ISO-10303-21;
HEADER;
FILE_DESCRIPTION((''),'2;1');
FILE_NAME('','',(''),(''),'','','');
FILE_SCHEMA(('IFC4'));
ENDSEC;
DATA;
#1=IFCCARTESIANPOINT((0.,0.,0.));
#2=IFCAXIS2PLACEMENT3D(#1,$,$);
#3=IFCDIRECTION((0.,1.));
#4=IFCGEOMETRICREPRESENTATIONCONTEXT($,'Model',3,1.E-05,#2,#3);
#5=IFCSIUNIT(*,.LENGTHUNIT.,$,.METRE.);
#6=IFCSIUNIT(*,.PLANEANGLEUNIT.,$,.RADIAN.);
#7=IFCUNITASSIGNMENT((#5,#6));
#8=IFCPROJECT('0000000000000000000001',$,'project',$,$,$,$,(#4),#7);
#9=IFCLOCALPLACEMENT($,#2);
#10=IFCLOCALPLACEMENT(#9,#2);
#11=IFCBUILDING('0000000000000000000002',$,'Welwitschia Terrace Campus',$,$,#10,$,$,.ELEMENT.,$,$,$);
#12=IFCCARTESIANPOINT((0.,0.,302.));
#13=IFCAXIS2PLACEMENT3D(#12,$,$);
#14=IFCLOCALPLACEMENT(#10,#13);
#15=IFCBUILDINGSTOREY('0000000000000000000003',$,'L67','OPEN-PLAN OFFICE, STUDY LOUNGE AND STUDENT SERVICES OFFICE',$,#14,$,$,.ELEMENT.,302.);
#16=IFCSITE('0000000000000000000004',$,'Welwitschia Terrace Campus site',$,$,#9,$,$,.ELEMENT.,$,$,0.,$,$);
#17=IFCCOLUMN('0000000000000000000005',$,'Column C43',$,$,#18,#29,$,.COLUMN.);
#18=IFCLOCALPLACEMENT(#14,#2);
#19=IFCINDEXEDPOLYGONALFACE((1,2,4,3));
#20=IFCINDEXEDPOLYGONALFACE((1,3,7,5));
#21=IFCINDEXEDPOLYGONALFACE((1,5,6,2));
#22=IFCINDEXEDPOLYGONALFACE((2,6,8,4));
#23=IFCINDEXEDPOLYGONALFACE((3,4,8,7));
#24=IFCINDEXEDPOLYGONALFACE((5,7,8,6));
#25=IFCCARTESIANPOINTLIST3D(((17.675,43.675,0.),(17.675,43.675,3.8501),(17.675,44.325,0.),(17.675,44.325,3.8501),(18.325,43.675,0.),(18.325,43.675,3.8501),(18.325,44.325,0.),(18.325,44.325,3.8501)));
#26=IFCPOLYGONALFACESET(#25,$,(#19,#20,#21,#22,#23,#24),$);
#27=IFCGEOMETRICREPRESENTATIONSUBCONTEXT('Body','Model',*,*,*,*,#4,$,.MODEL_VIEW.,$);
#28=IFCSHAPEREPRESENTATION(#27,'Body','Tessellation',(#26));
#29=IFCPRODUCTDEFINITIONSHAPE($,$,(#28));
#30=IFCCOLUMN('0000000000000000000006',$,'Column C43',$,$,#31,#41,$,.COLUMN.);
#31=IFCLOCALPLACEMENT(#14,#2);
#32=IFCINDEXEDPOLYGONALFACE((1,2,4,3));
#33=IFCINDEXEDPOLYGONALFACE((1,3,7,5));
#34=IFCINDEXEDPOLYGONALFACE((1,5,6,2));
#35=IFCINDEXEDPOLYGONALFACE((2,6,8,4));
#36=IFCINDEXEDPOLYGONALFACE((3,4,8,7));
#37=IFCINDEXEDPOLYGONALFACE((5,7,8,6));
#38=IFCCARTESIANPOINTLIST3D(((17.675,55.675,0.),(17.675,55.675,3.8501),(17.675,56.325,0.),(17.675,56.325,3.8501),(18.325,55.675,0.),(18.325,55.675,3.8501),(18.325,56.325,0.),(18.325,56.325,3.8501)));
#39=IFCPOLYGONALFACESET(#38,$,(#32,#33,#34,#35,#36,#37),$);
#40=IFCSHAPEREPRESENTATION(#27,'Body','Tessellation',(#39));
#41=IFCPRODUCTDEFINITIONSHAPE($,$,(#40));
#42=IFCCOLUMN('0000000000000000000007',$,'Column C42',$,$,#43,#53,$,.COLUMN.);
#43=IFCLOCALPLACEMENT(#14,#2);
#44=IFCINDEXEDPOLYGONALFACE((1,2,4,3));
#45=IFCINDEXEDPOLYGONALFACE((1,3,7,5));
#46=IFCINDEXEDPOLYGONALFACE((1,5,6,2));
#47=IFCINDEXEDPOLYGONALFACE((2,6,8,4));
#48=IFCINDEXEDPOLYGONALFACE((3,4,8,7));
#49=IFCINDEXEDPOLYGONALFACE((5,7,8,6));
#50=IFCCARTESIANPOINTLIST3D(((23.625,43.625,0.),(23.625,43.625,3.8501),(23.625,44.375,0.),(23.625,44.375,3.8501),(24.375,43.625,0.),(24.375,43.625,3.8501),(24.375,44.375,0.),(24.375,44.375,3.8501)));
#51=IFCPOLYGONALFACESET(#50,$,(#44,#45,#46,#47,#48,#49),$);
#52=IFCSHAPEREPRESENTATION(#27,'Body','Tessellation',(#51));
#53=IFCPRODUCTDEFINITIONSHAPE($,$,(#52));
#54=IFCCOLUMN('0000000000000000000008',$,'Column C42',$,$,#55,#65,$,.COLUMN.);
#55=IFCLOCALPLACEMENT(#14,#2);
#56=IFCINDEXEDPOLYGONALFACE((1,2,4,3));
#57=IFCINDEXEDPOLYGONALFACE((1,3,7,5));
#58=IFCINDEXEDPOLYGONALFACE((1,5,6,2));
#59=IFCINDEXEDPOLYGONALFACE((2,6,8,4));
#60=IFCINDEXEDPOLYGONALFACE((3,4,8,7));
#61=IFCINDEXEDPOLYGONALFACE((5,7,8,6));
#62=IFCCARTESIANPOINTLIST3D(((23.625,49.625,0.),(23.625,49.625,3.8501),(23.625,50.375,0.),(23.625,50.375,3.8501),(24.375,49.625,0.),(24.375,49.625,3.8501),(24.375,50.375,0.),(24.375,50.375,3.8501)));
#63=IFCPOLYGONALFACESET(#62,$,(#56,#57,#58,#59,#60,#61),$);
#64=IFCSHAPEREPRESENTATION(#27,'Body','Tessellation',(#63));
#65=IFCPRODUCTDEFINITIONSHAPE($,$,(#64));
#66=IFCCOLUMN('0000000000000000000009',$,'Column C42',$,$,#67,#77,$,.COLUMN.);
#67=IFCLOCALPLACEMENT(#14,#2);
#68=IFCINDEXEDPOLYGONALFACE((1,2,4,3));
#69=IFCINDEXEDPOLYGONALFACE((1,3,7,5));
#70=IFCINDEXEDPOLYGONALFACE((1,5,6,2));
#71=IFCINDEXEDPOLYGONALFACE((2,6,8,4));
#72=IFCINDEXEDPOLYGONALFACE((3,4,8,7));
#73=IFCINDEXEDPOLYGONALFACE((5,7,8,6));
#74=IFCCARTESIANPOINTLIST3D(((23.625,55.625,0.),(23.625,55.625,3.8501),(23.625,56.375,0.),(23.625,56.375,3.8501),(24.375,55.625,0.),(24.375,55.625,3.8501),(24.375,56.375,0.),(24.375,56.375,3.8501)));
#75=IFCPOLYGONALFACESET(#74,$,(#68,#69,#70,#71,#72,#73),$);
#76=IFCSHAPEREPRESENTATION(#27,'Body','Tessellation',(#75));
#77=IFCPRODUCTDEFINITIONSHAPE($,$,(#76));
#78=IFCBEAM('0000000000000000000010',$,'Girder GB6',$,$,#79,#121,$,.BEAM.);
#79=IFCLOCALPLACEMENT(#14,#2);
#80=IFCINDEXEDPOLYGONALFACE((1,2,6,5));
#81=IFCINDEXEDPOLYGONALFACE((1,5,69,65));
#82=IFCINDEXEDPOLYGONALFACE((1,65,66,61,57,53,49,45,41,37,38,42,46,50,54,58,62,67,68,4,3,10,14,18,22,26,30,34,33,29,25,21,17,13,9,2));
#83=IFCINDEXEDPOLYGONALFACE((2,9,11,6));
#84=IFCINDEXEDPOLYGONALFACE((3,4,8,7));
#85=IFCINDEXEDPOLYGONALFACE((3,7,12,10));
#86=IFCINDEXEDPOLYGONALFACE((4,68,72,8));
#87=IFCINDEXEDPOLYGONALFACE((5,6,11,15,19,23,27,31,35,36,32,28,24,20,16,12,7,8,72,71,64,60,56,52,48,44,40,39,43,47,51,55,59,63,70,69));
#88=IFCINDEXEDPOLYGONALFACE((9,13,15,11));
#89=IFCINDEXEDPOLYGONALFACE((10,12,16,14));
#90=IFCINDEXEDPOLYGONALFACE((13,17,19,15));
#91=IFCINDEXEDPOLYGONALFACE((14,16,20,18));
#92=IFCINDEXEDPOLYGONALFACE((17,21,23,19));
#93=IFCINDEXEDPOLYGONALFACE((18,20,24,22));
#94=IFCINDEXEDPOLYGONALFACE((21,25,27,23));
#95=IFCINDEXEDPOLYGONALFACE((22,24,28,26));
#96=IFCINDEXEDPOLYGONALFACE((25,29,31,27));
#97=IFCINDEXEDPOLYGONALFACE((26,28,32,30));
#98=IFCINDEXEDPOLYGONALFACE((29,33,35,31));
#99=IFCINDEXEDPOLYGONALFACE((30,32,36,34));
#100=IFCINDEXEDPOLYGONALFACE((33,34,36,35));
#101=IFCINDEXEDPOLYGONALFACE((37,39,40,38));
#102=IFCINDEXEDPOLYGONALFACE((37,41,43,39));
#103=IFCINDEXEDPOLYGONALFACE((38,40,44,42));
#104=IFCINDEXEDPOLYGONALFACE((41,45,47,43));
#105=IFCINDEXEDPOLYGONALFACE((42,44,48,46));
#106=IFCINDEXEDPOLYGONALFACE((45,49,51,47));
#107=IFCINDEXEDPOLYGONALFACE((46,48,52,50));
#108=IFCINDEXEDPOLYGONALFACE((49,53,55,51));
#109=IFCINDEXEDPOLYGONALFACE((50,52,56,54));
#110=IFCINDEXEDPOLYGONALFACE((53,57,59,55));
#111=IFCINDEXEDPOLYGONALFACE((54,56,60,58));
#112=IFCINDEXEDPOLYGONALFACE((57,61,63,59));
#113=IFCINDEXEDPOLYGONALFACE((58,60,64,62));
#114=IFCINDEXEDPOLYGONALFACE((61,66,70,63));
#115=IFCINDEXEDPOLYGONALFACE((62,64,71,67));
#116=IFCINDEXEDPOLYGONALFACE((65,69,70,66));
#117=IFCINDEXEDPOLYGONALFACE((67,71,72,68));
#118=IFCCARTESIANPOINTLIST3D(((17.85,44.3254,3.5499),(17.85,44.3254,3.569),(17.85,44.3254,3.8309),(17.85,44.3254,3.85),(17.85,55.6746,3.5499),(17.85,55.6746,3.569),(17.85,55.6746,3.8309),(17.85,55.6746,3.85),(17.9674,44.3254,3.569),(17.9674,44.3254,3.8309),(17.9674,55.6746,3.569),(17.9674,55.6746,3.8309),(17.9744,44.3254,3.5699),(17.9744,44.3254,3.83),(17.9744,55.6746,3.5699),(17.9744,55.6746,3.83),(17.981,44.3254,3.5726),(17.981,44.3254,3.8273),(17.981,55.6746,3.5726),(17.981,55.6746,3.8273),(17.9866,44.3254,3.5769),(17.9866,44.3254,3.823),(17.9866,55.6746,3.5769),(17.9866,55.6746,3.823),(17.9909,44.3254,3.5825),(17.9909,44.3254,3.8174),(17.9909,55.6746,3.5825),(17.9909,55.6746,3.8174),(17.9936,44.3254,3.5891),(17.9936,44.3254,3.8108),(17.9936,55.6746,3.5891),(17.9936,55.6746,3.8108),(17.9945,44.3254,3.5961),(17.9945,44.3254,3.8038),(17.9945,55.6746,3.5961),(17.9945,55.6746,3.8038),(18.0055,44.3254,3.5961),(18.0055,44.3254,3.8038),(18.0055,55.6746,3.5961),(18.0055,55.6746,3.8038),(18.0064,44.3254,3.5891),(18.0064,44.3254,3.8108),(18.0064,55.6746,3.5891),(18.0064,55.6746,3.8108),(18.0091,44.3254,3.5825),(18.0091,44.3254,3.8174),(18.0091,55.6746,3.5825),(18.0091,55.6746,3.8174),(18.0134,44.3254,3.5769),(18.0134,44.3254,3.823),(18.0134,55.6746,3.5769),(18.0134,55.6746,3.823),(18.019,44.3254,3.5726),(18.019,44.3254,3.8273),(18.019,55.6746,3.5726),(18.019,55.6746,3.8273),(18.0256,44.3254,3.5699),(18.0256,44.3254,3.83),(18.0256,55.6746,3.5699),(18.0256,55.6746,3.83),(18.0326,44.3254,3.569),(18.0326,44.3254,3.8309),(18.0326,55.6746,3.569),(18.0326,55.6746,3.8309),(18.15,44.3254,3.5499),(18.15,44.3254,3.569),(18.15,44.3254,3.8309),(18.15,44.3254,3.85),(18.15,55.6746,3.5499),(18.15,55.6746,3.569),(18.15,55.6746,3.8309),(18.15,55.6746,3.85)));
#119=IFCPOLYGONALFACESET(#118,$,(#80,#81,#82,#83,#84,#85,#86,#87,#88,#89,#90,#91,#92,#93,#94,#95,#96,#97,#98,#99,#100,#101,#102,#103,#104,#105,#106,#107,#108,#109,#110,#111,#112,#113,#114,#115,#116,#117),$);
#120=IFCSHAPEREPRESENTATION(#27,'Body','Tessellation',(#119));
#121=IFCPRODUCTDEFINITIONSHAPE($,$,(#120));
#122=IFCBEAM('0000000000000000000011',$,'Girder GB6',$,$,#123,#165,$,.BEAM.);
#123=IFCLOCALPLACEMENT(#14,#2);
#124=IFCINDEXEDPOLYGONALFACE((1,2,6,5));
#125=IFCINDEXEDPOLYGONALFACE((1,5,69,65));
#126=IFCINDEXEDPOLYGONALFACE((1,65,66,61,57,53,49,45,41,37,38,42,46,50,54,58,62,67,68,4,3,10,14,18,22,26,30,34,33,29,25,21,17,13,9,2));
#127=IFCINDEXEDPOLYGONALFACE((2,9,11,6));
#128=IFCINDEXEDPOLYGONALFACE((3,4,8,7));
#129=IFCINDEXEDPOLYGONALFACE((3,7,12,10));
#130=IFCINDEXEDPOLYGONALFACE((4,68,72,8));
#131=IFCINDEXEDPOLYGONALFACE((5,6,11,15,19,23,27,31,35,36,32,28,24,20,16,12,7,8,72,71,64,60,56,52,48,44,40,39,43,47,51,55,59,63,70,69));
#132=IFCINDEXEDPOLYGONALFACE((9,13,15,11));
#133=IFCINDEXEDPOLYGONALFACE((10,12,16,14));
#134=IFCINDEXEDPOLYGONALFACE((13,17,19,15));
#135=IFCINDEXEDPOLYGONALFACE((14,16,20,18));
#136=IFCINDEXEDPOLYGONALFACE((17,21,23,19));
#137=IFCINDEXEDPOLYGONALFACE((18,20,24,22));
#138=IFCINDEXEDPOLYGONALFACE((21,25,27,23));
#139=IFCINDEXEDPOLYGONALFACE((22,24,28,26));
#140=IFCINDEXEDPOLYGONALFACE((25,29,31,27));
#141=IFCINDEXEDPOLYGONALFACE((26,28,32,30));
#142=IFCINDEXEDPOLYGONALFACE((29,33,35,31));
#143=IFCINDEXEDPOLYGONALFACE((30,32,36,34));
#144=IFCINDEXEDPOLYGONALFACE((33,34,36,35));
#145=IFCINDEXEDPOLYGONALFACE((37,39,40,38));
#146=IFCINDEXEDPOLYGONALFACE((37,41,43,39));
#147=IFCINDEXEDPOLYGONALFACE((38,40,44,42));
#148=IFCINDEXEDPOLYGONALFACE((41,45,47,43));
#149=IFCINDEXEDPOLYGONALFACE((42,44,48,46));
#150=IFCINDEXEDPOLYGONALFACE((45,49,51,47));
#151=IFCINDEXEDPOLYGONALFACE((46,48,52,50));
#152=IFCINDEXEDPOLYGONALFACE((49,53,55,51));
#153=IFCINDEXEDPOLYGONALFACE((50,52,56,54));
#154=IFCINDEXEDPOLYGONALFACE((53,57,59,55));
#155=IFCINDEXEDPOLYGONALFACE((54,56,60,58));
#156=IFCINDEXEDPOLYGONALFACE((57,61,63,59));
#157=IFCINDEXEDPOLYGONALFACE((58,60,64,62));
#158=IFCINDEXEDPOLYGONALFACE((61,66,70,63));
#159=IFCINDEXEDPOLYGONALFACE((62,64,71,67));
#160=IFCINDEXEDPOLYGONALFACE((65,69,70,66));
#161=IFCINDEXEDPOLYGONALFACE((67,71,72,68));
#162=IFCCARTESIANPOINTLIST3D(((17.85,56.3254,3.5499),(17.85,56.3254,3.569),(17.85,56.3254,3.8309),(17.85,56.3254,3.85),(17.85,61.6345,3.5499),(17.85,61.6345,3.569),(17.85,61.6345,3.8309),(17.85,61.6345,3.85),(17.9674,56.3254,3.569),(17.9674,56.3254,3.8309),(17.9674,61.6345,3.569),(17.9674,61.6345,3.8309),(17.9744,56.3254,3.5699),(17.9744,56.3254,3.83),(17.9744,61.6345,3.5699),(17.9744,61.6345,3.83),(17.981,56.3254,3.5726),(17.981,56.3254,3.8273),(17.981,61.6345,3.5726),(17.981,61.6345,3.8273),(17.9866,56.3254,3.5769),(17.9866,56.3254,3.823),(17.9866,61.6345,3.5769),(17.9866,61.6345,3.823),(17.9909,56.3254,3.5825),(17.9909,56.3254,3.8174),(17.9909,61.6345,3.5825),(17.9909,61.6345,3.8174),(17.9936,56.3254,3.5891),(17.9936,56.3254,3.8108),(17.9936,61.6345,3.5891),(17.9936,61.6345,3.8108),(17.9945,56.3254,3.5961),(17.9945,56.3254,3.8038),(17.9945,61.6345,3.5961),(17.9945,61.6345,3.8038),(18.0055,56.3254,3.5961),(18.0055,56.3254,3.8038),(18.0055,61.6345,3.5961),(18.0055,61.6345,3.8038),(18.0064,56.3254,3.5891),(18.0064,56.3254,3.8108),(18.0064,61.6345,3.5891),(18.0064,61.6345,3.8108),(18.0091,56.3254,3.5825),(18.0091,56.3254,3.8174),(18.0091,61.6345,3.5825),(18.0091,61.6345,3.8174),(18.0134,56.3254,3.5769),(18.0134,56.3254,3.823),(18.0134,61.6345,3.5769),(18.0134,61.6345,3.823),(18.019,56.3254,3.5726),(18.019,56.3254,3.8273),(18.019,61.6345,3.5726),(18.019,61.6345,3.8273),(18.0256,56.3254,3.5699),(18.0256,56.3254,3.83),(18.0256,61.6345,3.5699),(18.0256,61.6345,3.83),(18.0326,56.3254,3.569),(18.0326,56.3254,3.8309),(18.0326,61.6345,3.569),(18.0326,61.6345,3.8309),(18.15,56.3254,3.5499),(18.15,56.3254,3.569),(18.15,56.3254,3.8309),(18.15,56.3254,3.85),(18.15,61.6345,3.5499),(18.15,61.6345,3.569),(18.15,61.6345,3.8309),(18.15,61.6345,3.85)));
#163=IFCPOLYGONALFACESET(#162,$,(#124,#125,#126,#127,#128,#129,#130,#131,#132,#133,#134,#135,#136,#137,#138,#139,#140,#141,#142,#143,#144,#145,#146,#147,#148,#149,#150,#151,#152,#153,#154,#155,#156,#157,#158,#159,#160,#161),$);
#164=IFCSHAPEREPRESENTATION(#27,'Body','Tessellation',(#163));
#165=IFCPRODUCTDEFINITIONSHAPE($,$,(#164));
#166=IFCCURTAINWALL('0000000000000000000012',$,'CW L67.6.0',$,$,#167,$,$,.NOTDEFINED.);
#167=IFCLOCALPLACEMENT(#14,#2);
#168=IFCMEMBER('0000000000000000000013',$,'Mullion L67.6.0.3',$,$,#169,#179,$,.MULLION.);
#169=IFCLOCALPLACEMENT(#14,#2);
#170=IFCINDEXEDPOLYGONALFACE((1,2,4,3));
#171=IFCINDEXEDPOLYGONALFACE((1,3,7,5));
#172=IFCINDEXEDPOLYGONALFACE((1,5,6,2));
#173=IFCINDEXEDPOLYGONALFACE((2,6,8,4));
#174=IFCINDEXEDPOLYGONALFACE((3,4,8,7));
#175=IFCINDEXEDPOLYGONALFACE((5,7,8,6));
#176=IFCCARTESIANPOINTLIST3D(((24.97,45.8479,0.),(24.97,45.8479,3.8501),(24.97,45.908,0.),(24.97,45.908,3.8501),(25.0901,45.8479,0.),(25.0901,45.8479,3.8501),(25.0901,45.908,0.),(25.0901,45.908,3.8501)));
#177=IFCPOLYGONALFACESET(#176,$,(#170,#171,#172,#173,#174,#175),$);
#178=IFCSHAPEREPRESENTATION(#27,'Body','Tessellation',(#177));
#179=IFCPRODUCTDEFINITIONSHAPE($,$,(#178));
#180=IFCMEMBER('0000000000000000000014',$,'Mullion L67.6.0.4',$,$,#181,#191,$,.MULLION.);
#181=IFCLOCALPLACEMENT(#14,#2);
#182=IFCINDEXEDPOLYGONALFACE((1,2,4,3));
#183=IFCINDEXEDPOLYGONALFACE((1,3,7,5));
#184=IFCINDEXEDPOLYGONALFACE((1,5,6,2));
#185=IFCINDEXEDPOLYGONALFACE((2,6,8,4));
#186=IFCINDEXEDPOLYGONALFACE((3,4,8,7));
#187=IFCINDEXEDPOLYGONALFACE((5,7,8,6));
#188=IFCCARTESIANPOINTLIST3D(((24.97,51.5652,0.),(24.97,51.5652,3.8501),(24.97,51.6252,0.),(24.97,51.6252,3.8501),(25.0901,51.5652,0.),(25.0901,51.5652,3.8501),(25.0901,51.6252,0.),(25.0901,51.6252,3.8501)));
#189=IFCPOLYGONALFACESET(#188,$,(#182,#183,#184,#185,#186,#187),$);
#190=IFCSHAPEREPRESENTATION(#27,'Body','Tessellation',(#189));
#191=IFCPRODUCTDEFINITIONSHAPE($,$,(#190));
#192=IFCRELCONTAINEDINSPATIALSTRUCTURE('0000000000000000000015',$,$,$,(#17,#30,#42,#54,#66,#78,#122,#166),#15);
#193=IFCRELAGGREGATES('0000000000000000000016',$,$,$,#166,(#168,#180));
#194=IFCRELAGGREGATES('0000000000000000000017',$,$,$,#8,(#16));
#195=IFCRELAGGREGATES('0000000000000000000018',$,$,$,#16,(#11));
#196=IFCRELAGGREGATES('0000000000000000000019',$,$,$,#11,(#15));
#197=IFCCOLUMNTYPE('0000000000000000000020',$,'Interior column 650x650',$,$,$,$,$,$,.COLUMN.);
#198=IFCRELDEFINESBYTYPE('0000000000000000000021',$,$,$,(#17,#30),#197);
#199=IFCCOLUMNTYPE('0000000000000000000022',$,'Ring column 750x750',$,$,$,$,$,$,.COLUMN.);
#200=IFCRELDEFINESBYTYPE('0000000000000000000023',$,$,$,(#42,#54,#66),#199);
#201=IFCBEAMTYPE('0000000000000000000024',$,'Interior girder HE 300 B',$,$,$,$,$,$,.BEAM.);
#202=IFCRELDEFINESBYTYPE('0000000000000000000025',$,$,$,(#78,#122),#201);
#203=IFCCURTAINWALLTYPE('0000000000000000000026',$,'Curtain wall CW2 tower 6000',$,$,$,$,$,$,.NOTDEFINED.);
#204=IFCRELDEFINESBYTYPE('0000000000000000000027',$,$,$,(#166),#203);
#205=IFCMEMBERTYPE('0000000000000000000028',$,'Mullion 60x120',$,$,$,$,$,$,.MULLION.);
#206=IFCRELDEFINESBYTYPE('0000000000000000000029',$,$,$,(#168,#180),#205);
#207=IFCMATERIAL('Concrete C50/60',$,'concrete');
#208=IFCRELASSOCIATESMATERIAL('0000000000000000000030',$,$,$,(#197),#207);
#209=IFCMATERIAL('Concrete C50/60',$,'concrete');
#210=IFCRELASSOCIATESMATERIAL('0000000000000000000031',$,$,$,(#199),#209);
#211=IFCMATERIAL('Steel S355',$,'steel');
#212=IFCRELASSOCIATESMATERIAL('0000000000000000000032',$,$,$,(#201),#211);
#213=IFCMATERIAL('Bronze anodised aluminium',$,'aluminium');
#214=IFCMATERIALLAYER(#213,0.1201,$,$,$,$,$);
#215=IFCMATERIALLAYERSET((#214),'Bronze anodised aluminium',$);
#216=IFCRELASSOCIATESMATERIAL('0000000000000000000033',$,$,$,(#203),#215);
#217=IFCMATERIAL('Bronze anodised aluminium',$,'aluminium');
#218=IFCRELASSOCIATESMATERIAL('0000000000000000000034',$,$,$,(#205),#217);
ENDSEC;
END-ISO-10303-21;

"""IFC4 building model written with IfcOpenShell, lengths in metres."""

from ifc_helpers import new_model, si_unit, direction, frame, origin, origin_2d, place, context, subcontext, project, spatial, rectangle, i_section, extrude, material, layer, layer_set, material_profile, profile_set, type_object, element, aggregate, save


model = new_model("IFC4")

# Units and contexts
model_context = context("Model", 3, precision=1e-05, world=origin(), true_north=direction((0.0, 1.0)))
body_context = subcontext(model_context, "Body", "Model", "MODEL_VIEW")
ifc_project = project(units=[si_unit("LENGTHUNIT", "METRE"), si_unit("PLANEANGLEUNIT", "RADIAN")], contexts=[model_context])

# Site, building, storey
site_placement = place(None, origin())
site = spatial("IfcSite", under=ifc_project, at=site_placement, Name="Welwitschia Terrace Campus site", CompositionType="ELEMENT", RefElevation=0.0)
building_placement = place(site_placement, origin())
building = spatial("IfcBuilding", under=site, at=building_placement, Name="Welwitschia Terrace Campus", CompositionType="ELEMENT")
storey_placement = place(building_placement, frame((0.0, 0.0, 302.0)))
storey = spatial("IfcBuildingStorey", under=building, at=storey_placement, Name="L67", Description="OPEN-PLAN OFFICE, STUDY LOUNGE AND STUDENT SERVICES OFFICE", CompositionType="ELEMENT", Elevation=302.0)

# Columns
ifc_material_1 = material(Name="Concrete C50/60", Category="concrete")
ifc_material_profile_1 = material_profile(ifc_material_1, rectangle(XDim=0.6499, YDim=0.6499, at=origin_2d()))
ifc_profile_set_1 = profile_set([ifc_material_profile_1], Name="Concrete C50/60")
column_type_1 = type_object("IfcColumnType", Name="Interior column 650x650", PredefinedType="COLUMN", material=ifc_profile_set_1)
for number, where, z_axis, x_axis, name in (
    (1, (18.0, 44.0, 0.0), (0.0, 0.0, 1.0), (1.0, 0.0, 0.0), "Column C43"),
    (2, (18.0, 56.0, 0.0), (0.0, 0.0, 1.0), (1.0, 0.0, 0.0), "Column C43"),
):
    element("IfcColumn", number, at=place(storey_placement, frame(where, z_axis=z_axis, x_axis=x_axis)), inside=storey, type_object=column_type_1, Name=name, PredefinedType="COLUMN", context=body_context, shape_type="SweptSolid", body=[
        extrude(rectangle(XDim=0.6499, YDim=0.6499, at=origin_2d()), origin(), (0.0, 0.0, 1.0), 3.8501),
    ])
ifc_material_2 = material(Name="Concrete C50/60", Category="concrete")
ifc_material_profile_2 = material_profile(ifc_material_2, rectangle(XDim=0.75, YDim=0.75, at=origin_2d()))
ifc_profile_set_2 = profile_set([ifc_material_profile_2], Name="Concrete C50/60")
column_type_2 = type_object("IfcColumnType", Name="Ring column 750x750", PredefinedType="COLUMN", material=ifc_profile_set_2)
for number, where, z_axis, x_axis, name in (
    (3, (24.0, 44.0, 0.0), (0.0, 0.0, 1.0), (1.0, 0.0, 0.0), "Column C42"),
    (4, (24.0, 50.0, 0.0), (0.0, 0.0, 1.0), (1.0, 0.0, 0.0), "Column C42"),
    (5, (24.0, 56.0, 0.0), (0.0, 0.0, 1.0), (1.0, 0.0, 0.0), "Column C42"),
):
    element("IfcColumn", number, at=place(storey_placement, frame(where, z_axis=z_axis, x_axis=x_axis)), inside=storey, type_object=column_type_2, Name=name, PredefinedType="COLUMN", context=body_context, shape_type="SweptSolid", body=[
        extrude(rectangle(XDim=0.75, YDim=0.75, at=origin_2d()), origin(), (0.0, 0.0, 1.0), 3.8501),
    ])

# Beams
ifc_material_3 = material(Name="Steel S355", Category="steel")
ifc_material_profile_3 = material_profile(ifc_material_3, i_section(OverallWidth=0.3, OverallDepth=0.3, WebThickness=0.011, FlangeThickness=0.019, FilletRadius=0.0271, at=origin_2d()))
ifc_profile_set_3 = profile_set([ifc_material_profile_3], Name="Steel S355")
beam_type_1 = type_object("IfcBeamType", Name="Interior girder HE 300 B", PredefinedType="BEAM", material=ifc_profile_set_3)
beam_1_placement = place(storey_placement, frame((18.0, 44.3254, 3.7), z_axis=(0.0, 1.0, 0.0), x_axis=(-1.0, 0.0, 0.0)))
element("IfcBeam", 6, at=beam_1_placement, inside=storey, type_object=beam_type_1, Name="Girder GB6", PredefinedType="BEAM", context=body_context, shape_type="SweptSolid", body=[
    extrude(i_section(OverallWidth=0.3, OverallDepth=0.3, WebThickness=0.011, FlangeThickness=0.019, FilletRadius=0.0271, at=origin_2d()), origin(), (0.0, 0.0, 1.0), 11.3491),
])
beam_2_placement = place(storey_placement, frame((18.0, 56.3254, 3.7), z_axis=(0.0, 1.0, 0.0), x_axis=(-1.0, 0.0, 0.0)))
element("IfcBeam", 7, at=beam_2_placement, inside=storey, type_object=beam_type_1, Name="Girder GB6", PredefinedType="BEAM", context=body_context, shape_type="SweptSolid", body=[
    extrude(i_section(OverallWidth=0.3, OverallDepth=0.3, WebThickness=0.011, FlangeThickness=0.019, FilletRadius=0.0271, at=origin_2d()), origin(), (0.0, 0.0, 1.0), 5.3091),
])

# Curtain wall, members
ifc_material_4 = material(Name="Bronze anodised aluminium", Category="aluminium")
ifc_layer_1 = layer(ifc_material_4, 0.1201)
ifc_layer_set_1 = layer_set([ifc_layer_1], Name="Bronze anodised aluminium")
curtain_wall_type = type_object("IfcCurtainWallType", Name="Curtain wall CW2 tower 6000", PredefinedType="NOTDEFINED", material=ifc_layer_set_1)
curtain_wall_placement = place(storey_placement, origin())
curtain_wall = element("IfcCurtainWall", 8, at=curtain_wall_placement, inside=storey, type_object=curtain_wall_type, Name="CW L67.6.0", PredefinedType="NOTDEFINED")
ifc_material_5 = material(Name="Bronze anodised aluminium", Category="aluminium")
ifc_material_profile_4 = material_profile(ifc_material_5, rectangle(XDim=0.1201, YDim=0.0601, at=origin_2d()))
ifc_profile_set_4 = profile_set([ifc_material_profile_4], Name="Bronze anodised aluminium")
member_type = type_object("IfcMemberType", Name="Mullion 60x120", PredefinedType="MULLION", material=ifc_profile_set_4)
member_1_placement = place(storey_placement, frame((25.03, 45.8779, 0.0), z_axis=(0.0, 0.0, 1.0), x_axis=(-1.0, 0.0, 0.0)))
member_1 = element("IfcMember", 9, at=member_1_placement, type_object=member_type, Name="Mullion L67.6.0.3", PredefinedType="MULLION", context=body_context, shape_type="SweptSolid", body=[
    extrude(rectangle(XDim=0.1201, YDim=0.0601, at=origin_2d()), origin(), (0.0, 0.0, 1.0), 3.8501),
])
member_2_placement = place(storey_placement, frame((25.03, 51.5952, 0.0), z_axis=(0.0, 0.0, 1.0), x_axis=(-1.0, 0.0, 0.0)))
member_2 = element("IfcMember", 10, at=member_2_placement, type_object=member_type, Name="Mullion L67.6.0.4", PredefinedType="MULLION", context=body_context, shape_type="SweptSolid", body=[
    extrude(rectangle(XDim=0.1201, YDim=0.0601, at=origin_2d()), origin(), (0.0, 0.0, 1.0), 3.8501),
])

aggregate(curtain_wall, [member_1, member_2])

save(model, "model.ifc")
